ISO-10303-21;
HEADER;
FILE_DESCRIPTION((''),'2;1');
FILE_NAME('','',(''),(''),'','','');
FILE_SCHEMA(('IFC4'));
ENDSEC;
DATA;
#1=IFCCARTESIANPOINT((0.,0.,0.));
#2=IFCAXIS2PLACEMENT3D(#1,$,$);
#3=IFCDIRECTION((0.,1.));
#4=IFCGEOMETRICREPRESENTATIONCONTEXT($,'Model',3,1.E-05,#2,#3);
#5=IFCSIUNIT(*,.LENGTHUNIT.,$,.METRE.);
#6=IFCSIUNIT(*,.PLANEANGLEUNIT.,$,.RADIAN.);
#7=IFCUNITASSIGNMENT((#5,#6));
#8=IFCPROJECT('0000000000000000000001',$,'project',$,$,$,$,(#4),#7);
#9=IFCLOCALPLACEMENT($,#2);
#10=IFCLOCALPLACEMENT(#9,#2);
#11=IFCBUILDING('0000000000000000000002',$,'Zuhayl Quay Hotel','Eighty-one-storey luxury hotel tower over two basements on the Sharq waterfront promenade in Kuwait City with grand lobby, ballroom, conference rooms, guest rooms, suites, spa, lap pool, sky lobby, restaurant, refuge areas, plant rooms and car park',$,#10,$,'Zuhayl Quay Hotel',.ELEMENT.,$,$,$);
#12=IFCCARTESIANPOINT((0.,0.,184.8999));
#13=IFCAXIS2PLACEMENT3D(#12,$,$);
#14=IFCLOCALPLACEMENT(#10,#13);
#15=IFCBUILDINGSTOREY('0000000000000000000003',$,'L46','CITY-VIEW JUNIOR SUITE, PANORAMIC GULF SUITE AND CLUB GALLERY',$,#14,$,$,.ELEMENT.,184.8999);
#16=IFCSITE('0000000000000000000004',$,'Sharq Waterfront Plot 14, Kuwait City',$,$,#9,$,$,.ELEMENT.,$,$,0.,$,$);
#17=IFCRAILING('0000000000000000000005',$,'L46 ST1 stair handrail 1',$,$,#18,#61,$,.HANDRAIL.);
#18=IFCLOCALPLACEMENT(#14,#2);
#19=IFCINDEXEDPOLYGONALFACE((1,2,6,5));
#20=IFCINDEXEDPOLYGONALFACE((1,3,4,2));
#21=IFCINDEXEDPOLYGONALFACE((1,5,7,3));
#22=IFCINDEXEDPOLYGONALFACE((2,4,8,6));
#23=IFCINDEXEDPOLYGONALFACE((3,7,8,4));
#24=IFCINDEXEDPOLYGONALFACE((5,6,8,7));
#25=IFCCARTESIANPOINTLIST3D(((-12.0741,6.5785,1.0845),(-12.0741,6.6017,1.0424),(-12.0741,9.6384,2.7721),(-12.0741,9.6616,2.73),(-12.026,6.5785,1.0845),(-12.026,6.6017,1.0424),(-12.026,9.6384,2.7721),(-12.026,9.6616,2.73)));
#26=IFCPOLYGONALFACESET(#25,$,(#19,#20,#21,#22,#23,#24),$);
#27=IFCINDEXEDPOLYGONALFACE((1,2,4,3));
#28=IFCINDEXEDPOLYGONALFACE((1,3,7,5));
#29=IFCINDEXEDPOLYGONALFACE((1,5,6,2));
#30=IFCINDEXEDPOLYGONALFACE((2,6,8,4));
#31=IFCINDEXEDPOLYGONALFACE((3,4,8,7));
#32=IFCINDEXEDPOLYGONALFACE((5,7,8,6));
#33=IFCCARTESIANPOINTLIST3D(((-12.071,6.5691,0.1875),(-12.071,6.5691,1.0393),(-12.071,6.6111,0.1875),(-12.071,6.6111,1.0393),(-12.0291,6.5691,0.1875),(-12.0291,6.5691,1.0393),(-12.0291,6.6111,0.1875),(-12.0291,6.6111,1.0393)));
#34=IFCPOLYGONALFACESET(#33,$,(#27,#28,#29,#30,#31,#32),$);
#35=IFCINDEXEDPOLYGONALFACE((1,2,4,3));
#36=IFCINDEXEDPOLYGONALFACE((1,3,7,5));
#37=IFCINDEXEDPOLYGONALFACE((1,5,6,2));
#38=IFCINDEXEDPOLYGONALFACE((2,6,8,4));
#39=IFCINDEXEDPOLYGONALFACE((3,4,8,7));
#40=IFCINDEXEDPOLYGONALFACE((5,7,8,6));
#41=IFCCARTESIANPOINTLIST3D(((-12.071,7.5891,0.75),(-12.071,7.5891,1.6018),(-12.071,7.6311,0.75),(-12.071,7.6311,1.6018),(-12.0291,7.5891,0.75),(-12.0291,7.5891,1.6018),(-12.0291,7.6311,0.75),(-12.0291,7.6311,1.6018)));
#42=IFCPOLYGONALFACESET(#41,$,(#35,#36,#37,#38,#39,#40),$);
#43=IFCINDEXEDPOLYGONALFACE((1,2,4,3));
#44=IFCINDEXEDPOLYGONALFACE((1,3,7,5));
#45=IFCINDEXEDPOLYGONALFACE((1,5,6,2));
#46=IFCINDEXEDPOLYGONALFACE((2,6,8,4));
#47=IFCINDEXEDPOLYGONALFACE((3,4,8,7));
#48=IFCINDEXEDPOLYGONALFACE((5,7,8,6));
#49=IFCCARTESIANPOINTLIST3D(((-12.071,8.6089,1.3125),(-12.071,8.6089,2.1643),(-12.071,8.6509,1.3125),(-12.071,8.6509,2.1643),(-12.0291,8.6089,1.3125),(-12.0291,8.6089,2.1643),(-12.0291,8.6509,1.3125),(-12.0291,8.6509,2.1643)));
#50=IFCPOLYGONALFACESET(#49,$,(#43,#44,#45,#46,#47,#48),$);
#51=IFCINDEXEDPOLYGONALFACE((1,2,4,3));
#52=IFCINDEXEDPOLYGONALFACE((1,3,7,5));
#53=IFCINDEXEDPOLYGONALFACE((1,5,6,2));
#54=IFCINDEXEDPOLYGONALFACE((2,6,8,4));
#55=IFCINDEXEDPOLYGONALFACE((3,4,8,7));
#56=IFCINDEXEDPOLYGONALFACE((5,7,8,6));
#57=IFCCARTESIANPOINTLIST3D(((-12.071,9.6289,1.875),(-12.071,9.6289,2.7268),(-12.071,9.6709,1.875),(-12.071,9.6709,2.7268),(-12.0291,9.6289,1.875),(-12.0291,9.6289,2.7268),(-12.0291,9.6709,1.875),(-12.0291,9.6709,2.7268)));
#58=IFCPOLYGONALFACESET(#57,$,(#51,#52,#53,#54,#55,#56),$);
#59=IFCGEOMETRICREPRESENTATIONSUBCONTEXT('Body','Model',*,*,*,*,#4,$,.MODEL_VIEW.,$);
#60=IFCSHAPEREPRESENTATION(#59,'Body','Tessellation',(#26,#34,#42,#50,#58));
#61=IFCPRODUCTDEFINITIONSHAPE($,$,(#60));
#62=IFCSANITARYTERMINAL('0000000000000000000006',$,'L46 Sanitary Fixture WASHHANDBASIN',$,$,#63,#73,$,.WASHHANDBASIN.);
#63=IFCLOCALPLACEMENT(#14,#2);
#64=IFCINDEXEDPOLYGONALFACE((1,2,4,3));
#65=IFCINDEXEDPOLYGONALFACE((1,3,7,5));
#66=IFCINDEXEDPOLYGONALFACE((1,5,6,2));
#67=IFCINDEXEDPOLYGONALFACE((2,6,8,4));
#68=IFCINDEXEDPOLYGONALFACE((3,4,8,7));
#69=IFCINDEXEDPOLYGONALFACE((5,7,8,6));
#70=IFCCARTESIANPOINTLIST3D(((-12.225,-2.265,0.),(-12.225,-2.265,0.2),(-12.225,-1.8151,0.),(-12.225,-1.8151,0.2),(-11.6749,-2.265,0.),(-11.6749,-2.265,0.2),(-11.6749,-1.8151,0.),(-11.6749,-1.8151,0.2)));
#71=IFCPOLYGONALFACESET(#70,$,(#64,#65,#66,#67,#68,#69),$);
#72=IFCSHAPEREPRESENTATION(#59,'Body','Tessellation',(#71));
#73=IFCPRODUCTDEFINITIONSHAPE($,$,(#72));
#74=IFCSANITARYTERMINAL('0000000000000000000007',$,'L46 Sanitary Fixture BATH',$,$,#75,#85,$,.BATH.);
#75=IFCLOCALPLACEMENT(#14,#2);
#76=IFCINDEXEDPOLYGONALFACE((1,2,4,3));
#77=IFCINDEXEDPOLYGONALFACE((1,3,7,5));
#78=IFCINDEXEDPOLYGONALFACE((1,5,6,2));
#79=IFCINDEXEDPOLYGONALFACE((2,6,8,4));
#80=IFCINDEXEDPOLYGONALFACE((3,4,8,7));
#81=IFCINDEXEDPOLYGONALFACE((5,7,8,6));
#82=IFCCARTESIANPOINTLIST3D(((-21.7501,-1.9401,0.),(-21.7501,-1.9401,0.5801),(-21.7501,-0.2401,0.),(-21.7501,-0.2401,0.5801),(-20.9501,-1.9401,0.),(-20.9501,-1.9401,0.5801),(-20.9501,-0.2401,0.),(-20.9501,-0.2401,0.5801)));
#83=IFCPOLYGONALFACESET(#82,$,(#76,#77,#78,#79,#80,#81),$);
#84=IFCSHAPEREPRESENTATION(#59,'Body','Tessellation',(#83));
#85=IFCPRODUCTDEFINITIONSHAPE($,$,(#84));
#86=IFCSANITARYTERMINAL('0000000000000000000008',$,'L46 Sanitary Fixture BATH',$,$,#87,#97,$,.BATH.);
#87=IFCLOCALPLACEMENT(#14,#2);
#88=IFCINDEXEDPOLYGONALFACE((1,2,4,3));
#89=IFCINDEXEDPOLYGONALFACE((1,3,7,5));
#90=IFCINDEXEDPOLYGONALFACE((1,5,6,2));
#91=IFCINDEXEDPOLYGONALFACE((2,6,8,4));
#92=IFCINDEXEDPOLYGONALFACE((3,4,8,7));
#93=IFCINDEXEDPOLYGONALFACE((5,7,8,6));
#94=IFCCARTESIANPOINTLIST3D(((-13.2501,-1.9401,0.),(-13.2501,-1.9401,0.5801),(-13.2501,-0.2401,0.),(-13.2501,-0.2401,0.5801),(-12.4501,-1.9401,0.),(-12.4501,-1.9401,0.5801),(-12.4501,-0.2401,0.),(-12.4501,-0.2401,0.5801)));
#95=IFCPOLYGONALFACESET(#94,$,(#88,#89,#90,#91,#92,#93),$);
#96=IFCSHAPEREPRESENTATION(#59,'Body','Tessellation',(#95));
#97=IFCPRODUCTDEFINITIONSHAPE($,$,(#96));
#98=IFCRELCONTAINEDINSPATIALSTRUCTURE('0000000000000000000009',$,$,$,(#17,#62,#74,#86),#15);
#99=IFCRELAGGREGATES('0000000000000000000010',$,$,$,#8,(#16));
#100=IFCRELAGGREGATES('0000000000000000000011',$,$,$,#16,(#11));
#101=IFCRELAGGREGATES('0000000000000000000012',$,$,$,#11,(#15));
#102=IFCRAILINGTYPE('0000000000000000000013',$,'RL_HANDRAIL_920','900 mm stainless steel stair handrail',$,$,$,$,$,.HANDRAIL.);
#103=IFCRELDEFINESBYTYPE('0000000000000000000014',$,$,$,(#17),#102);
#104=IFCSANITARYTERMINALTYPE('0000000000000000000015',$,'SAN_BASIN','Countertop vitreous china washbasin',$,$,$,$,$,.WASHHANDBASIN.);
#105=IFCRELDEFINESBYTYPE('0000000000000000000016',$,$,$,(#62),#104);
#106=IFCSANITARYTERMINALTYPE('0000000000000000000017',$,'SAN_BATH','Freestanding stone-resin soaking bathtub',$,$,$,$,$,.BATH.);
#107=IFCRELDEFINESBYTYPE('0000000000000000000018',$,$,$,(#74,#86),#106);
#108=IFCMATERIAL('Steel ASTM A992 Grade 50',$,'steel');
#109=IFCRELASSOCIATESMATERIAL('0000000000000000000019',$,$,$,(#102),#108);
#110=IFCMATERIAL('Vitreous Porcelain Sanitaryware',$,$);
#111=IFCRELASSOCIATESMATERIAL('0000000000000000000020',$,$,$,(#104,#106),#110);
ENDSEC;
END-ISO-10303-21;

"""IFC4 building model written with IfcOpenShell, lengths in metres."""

from ifc_helpers import new_model, si_unit, direction, frame, origin, origin_2d, place, context, subcontext, project, spatial, rectangle, extrude, material, type_object, element, save


model = new_model("IFC4")

# Units and contexts
model_context = context("Model", 3, precision=1e-05, world=origin(), true_north=direction((0.0, 1.0)))
body_context = subcontext(model_context, "Body", "Model", "MODEL_VIEW")
ifc_project = project(units=[si_unit("LENGTHUNIT", "METRE"), si_unit("PLANEANGLEUNIT", "RADIAN")], contexts=[model_context])

# Site, building, storey
site_placement = place(None, origin())
site = spatial("IfcSite", under=ifc_project, at=site_placement, Name="Sharq Waterfront Plot 14, Kuwait City", CompositionType="ELEMENT", RefElevation=0.0)
building_placement = place(site_placement, origin())
building = spatial("IfcBuilding", under=site, at=building_placement, Name="Zuhayl Quay Hotel", Description="Eighty-one-storey luxury hotel tower over two basements on the Sharq waterfront promenade in Kuwait City with grand lobby, ballroom, conference rooms, guest rooms, suites, spa, lap pool, sky lobby, restaurant, refuge areas, plant rooms and car park", LongName="Zuhayl Quay Hotel", CompositionType="ELEMENT")
storey_placement = place(building_placement, frame((0.0, 0.0, 184.8999)))
storey = spatial("IfcBuildingStorey", under=building, at=storey_placement, Name="L46", Description="CITY-VIEW JUNIOR SUITE, PANORAMIC GULF SUITE AND CLUB GALLERY", CompositionType="ELEMENT", Elevation=184.8999)

# Shared definitions
ifc_material_1 = material(Name="Steel ASTM A992 Grade 50", Category="steel")

# Railing
railing_type_1 = type_object("IfcRailingType", Name="RL_HANDRAIL_920", Description="900 mm stainless steel stair handrail", PredefinedType="HANDRAIL", material=ifc_material_1)
railing_1_placement = place(storey_placement, frame((-12.05, 6.5901, 0.1875)))
element("IfcRailing", 1, at=railing_1_placement, inside=storey, type_object=railing_type_1, Name="L46 ST1 stair handrail 1", PredefinedType="HANDRAIL", context=body_context, shape_type="SweptSolid", body=[
    extrude(rectangle(XDim=0.0481, YDim=0.0481, at=origin_2d()), frame((0.0, 0.0, 0.876), z_axis=(0.0, 0.875659, 0.48293), x_axis=(-1.0, 0.0, 0.0)), (0.0, 0.0, 1.0), 3.4944),
    extrude(rectangle(XDim=0.042, YDim=0.042, at=origin_2d()), origin(), (0.0, 0.0, 1.0), 0.8518),
    extrude(rectangle(XDim=0.042, YDim=0.042, at=origin_2d()), frame((0.0, 1.02, 0.5625)), (0.0, 0.0, 1.0), 0.8518),
    extrude(rectangle(XDim=0.042, YDim=0.042, at=origin_2d()), frame((0.0, 2.0398, 1.125)), (0.0, 0.0, 1.0), 0.8518),
    extrude(rectangle(XDim=0.042, YDim=0.042, at=origin_2d()), frame((0.0, 3.0598, 1.6875)), (0.0, 0.0, 1.0), 0.8518),
])

# Sanitary terminals
ifc_material_2 = material(Name="Vitreous Porcelain Sanitaryware")
sanitary_terminal_type_1 = type_object("IfcSanitaryTerminalType", Name="SAN_BASIN", Description="Countertop vitreous china washbasin", PredefinedType="WASHHANDBASIN", material=ifc_material_2)
sanitary_terminal_placement = place(storey_placement, frame((-11.95, -2.04, 0.0), z_axis=(0.0, 0.0, 1.0), x_axis=(1.0, 0.0, 0.0)))
element("IfcSanitaryTerminal", 2, at=sanitary_terminal_placement, inside=storey, type_object=sanitary_terminal_type_1, Name="L46 Sanitary Fixture WASHHANDBASIN", PredefinedType="WASHHANDBASIN", context=body_context, shape_type="SweptSolid", body=[
    extrude(rectangle(XDim=0.55, YDim=0.45, at=origin_2d()), origin(), (0.0, 0.0, 1.0), 0.2),
])
sanitary_terminal_type_2 = type_object("IfcSanitaryTerminalType", Name="SAN_BATH", Description="Freestanding stone-resin soaking bathtub", PredefinedType="BATH", material=ifc_material_2)
for number, where, z_axis, x_axis, name in (
    (3, (-21.3501, -1.0901, 0.0), (0.0, 0.0, 1.0), (1.0, 0.0, 0.0), "L46 Sanitary Fixture BATH"),
    (4, (-12.8501, -1.0901, 0.0), (0.0, 0.0, 1.0), (1.0, 0.0, 0.0), "L46 Sanitary Fixture BATH"),
):
    element("IfcSanitaryTerminal", number, at=place(storey_placement, frame(where, z_axis=z_axis, x_axis=x_axis)), inside=storey, type_object=sanitary_terminal_type_2, Name=name, PredefinedType="BATH", context=body_context, shape_type="SweptSolid", body=[
        extrude(rectangle(XDim=0.8, YDim=1.7, at=origin_2d()), origin(), (0.0, 0.0, 1.0), 0.5801),
    ])

save(model, "model.ifc")
